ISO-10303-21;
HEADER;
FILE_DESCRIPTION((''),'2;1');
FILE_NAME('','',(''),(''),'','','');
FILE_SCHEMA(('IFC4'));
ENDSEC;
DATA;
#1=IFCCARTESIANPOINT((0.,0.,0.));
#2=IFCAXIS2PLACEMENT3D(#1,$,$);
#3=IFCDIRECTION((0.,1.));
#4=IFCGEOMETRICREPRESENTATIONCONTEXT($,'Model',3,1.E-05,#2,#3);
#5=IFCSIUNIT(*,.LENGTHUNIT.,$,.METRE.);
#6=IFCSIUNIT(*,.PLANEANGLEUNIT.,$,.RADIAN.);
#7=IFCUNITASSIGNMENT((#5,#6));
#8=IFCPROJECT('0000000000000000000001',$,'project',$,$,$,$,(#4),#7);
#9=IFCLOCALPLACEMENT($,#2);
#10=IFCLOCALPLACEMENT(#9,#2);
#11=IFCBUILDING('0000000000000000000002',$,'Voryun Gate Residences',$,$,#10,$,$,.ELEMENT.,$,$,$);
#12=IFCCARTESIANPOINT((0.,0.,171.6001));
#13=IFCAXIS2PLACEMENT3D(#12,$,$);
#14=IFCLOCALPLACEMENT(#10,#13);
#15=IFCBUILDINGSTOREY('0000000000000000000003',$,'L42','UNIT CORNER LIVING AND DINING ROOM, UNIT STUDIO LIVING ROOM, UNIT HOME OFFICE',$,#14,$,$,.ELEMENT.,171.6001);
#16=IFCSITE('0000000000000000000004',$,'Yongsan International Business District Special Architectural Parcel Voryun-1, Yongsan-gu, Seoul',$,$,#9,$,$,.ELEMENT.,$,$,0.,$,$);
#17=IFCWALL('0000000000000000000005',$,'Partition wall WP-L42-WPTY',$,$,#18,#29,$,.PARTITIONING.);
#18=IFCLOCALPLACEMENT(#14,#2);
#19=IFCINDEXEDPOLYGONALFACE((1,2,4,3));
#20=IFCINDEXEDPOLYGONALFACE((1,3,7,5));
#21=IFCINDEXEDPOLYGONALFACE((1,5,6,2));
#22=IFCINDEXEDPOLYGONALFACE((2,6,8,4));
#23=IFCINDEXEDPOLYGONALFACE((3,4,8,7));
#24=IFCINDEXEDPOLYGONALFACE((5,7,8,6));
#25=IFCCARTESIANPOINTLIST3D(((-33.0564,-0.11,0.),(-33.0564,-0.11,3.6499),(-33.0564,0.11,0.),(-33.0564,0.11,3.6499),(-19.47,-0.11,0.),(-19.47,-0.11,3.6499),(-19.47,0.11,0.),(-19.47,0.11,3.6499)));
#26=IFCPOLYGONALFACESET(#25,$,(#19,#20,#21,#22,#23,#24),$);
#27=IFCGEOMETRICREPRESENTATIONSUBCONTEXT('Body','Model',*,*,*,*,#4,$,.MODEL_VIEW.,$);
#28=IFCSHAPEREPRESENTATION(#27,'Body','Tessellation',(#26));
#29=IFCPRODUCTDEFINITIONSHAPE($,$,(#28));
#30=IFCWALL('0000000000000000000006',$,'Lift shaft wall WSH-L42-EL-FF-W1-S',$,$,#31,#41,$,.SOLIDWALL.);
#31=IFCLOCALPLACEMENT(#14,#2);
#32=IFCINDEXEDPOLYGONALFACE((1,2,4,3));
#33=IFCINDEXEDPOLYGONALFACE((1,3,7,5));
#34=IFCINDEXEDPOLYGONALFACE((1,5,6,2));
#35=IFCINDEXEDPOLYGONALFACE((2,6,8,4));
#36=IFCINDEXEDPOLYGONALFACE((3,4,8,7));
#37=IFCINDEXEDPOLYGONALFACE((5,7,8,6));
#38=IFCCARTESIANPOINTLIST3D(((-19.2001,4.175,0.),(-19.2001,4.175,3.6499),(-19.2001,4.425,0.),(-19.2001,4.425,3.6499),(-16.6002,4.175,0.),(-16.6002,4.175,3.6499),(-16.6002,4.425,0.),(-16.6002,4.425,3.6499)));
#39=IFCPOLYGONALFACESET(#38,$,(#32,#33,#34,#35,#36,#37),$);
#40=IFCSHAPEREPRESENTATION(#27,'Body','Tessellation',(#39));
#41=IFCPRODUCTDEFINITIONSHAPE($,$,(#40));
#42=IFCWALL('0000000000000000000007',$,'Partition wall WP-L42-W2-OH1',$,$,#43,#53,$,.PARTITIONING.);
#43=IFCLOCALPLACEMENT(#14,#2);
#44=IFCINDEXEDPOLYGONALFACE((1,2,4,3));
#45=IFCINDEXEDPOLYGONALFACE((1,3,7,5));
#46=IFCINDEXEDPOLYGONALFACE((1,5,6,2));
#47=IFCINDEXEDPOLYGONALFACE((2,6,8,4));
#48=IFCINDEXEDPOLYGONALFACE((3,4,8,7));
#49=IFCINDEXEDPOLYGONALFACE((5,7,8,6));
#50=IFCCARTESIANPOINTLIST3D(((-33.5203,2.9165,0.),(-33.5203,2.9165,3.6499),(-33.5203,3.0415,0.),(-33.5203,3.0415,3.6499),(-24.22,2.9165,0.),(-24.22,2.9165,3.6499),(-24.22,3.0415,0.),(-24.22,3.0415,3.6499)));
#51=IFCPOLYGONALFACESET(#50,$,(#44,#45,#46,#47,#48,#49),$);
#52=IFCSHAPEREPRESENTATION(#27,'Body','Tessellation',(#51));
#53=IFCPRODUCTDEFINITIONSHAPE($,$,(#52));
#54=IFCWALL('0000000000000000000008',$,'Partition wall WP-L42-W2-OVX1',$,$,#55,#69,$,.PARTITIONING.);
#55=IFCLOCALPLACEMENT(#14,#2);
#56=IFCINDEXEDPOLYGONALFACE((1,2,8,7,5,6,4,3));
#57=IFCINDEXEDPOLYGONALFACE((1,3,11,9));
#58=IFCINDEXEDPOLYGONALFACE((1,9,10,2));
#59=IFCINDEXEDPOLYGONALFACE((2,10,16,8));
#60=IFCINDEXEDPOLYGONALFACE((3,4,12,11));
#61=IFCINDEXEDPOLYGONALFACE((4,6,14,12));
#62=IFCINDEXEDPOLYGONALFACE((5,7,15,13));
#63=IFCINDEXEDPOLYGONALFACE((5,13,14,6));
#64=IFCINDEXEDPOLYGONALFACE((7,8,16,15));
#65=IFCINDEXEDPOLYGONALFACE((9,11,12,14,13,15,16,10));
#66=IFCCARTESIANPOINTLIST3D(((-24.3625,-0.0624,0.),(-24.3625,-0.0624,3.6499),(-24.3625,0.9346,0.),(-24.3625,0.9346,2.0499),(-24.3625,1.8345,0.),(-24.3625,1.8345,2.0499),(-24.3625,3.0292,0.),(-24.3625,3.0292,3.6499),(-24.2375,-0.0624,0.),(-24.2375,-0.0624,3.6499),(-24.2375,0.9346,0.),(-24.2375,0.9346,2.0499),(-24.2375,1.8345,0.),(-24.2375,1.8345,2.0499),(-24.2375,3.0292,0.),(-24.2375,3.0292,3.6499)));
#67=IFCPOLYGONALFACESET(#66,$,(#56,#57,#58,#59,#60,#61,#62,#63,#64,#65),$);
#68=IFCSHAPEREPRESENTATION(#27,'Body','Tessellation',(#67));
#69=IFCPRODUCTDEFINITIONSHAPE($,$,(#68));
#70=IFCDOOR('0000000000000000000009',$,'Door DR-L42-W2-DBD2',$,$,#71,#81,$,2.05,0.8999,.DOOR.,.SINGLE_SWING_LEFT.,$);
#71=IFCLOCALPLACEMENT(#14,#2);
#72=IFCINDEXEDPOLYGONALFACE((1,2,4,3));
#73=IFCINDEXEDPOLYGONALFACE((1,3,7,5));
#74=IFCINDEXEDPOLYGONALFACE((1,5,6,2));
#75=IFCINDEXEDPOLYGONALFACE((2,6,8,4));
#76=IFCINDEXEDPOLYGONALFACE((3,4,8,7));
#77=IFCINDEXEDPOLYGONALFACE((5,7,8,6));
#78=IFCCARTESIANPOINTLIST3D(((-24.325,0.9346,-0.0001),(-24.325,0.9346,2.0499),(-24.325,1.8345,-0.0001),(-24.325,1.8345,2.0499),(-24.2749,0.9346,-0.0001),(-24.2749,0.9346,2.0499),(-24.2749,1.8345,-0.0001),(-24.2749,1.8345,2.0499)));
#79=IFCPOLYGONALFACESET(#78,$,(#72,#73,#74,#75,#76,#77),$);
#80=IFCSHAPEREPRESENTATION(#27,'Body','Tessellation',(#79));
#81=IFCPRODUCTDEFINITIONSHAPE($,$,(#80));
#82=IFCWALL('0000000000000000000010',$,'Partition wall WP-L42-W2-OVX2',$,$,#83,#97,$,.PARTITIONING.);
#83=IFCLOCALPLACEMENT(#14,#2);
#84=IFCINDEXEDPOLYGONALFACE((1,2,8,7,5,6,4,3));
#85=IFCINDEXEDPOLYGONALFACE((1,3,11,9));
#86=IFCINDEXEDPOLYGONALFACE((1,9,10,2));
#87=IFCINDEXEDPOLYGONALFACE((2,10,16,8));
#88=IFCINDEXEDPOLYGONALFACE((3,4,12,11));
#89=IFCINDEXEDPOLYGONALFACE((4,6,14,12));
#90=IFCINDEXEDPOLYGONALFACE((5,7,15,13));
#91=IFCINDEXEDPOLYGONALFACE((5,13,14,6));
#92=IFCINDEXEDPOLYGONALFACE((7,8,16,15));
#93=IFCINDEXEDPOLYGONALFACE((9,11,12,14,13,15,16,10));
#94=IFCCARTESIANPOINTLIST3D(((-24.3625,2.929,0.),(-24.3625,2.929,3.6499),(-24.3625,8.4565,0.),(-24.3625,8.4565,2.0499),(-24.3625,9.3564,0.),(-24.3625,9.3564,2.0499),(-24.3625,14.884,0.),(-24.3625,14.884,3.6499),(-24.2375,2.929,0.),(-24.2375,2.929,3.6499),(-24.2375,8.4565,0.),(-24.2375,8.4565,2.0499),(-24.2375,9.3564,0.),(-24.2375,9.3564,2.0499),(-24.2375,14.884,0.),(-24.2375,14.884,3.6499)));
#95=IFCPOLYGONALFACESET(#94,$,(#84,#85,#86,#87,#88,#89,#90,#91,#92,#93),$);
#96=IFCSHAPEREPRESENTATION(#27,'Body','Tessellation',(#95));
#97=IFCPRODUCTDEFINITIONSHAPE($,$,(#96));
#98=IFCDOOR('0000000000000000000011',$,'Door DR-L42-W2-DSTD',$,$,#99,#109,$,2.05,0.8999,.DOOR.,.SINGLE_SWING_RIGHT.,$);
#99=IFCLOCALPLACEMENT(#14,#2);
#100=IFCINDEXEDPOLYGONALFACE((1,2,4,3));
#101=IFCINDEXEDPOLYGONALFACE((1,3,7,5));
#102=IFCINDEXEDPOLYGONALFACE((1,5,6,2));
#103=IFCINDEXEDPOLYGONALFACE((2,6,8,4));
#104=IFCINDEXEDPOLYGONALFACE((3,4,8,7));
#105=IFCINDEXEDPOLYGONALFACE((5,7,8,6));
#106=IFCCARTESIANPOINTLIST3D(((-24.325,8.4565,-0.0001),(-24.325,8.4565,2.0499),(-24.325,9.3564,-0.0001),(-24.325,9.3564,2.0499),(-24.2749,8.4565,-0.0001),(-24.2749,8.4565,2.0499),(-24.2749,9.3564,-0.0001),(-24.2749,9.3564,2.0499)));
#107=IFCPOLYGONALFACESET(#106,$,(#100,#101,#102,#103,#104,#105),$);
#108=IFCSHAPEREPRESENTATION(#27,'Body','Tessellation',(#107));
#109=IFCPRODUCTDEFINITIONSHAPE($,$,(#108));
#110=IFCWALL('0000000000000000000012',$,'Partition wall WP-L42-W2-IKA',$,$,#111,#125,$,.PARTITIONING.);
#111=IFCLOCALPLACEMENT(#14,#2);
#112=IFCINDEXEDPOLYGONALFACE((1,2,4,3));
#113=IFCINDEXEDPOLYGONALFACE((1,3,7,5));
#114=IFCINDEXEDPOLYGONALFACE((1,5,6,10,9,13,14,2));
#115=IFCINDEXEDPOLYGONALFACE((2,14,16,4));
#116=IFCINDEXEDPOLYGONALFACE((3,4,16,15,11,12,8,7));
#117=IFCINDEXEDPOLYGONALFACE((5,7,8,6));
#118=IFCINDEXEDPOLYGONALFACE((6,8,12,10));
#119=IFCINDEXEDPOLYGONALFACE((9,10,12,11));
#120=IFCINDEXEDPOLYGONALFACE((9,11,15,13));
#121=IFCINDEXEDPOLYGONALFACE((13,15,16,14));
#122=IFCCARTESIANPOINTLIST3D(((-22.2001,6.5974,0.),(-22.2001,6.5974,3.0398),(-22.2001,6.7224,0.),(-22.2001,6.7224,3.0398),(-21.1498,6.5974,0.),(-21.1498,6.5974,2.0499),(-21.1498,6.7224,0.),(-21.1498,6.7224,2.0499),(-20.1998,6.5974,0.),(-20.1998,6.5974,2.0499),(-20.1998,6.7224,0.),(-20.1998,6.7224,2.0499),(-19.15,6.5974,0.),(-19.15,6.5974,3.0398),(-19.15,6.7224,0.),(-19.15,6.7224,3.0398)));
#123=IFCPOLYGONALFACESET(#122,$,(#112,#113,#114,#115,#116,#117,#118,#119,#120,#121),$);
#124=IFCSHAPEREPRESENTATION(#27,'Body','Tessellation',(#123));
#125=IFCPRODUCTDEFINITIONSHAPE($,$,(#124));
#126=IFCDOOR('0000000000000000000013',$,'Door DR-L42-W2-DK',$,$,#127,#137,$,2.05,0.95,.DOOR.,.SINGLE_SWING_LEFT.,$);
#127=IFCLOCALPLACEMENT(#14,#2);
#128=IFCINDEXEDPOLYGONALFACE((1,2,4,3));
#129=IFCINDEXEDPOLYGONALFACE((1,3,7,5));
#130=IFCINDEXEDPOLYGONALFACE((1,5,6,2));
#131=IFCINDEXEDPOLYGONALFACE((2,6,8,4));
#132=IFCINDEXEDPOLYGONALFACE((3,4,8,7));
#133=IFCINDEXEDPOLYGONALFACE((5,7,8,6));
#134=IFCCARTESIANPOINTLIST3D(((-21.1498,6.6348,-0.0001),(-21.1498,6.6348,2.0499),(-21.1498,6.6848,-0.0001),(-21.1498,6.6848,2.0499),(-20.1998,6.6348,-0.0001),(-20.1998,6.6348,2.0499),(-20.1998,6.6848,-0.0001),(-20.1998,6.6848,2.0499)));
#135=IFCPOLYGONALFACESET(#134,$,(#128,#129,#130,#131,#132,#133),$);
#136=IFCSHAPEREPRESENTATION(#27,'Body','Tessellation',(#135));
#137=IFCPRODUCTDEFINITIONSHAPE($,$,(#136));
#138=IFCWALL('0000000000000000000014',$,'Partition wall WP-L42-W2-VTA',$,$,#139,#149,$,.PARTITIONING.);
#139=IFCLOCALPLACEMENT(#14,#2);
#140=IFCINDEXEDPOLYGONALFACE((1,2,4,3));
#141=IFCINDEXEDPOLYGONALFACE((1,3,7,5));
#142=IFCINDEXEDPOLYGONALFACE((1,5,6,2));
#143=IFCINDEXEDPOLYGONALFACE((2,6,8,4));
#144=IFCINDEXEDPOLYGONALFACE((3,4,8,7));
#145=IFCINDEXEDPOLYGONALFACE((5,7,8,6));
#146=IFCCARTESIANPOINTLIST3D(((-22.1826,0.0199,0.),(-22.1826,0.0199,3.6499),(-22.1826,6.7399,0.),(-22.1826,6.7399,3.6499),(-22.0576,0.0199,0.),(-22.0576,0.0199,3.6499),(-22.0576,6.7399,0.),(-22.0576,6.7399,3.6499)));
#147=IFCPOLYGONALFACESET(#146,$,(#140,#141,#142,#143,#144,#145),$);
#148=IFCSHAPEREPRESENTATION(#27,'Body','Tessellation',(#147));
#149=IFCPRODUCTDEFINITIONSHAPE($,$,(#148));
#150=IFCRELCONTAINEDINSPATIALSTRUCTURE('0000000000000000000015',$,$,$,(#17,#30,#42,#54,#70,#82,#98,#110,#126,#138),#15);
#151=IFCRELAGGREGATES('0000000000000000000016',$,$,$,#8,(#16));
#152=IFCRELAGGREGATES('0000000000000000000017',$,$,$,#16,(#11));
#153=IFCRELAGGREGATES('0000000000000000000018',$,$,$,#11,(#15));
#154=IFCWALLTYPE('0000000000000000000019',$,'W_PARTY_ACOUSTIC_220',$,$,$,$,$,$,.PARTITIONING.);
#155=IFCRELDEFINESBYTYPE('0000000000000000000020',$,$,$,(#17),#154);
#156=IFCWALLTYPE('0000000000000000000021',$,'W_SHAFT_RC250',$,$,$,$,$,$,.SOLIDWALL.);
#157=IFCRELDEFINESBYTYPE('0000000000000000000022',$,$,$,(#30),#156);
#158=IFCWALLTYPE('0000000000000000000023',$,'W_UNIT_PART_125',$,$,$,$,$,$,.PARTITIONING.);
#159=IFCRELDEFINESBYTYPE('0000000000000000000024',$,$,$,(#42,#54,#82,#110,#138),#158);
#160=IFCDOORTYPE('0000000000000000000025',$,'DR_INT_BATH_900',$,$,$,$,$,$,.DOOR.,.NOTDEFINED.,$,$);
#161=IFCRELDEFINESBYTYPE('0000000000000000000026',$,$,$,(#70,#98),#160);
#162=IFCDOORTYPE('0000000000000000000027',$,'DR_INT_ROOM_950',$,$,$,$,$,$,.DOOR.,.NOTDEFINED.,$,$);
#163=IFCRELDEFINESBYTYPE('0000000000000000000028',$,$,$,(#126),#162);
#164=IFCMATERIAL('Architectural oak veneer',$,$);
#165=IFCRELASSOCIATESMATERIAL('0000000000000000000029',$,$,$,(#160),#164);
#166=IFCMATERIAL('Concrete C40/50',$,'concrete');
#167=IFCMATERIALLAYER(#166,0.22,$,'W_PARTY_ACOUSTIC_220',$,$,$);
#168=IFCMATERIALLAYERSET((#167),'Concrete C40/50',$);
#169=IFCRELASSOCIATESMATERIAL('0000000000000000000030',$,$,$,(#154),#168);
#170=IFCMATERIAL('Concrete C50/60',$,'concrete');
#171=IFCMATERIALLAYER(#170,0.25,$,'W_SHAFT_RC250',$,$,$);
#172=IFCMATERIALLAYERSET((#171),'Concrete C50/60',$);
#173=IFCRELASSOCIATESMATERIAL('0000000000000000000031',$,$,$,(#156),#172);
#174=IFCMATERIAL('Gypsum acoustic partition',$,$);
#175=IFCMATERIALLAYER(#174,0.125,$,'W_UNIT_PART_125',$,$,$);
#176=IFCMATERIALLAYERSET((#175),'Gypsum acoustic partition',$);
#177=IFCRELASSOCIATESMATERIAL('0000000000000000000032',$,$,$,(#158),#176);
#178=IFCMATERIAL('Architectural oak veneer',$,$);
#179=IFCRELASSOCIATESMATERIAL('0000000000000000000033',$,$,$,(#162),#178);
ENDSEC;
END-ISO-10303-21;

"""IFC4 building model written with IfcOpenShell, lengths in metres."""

from ifc_helpers import new_model, si_unit, direction, frame, frame_2d, origin, place, context, subcontext, project, spatial, rectangle, extrude, material, layer, layer_set, type_object, element, fill, save


model = new_model("IFC4")

# Units and contexts
model_context = context("Model", 3, precision=1e-05, world=origin(), true_north=direction((0.0, 1.0)))
body_context = subcontext(model_context, "Body", "Model", "MODEL_VIEW")
ifc_project = project(units=[si_unit("LENGTHUNIT", "METRE"), si_unit("PLANEANGLEUNIT", "RADIAN")], contexts=[model_context])

# Site, building, storey
site_placement = place(None, origin())
site = spatial("IfcSite", under=ifc_project, at=site_placement, Name="Yongsan International Business District Special Architectural Parcel Voryun-1, Yongsan-gu, Seoul", CompositionType="ELEMENT", RefElevation=0.0)
building_placement = place(site_placement, origin())
building = spatial("IfcBuilding", under=site, at=building_placement, Name="Voryun Gate Residences", CompositionType="ELEMENT")
storey_placement = place(building_placement, frame((0.0, 0.0, 171.6001)))
storey = spatial("IfcBuildingStorey", under=building, at=storey_placement, Name="L42", Description="UNIT CORNER LIVING AND DINING ROOM, UNIT STUDIO LIVING ROOM, UNIT HOME OFFICE", CompositionType="ELEMENT", Elevation=171.6001)

# Shared definitions
ifc_material_1 = material(Name="Architectural oak veneer")
door_type_1 = type_object("IfcDoorType", Name="DR_INT_BATH_900", OperationType="NOTDEFINED", PredefinedType="DOOR", material=ifc_material_1)

# Walls
ifc_material_2 = material(Name="Concrete C40/50", Category="concrete")
ifc_layer_1 = layer(ifc_material_2, 0.22, Name="W_PARTY_ACOUSTIC_220")
ifc_layer_set_1 = layer_set([ifc_layer_1], Name="Concrete C40/50")
wall_type_1 = type_object("IfcWallType", Name="W_PARTY_ACOUSTIC_220", PredefinedType="PARTITIONING", material=ifc_layer_set_1)
wall_1_placement = place(storey_placement, frame((-19.47, 0.0, 0.0), z_axis=(0.0, 0.0, 1.0), x_axis=(-1.0, 0.0, 0.0)))
element("IfcWall", 1, at=wall_1_placement, inside=storey, type_object=wall_type_1, Name="Partition wall WP-L42-WPTY", PredefinedType="PARTITIONING", context=body_context, shape_type="SweptSolid", body=[
    extrude(rectangle(XDim=13.5864, YDim=0.22, at=frame_2d((6.7932, 0.0))), origin(), (0.0, 0.0, 1.0), 3.6499),
])
ifc_material_3 = material(Name="Concrete C50/60", Category="concrete")
ifc_layer_2 = layer(ifc_material_3, 0.25, Name="W_SHAFT_RC250")
ifc_layer_set_2 = layer_set([ifc_layer_2], Name="Concrete C50/60")
wall_type_2 = type_object("IfcWallType", Name="W_SHAFT_RC250", PredefinedType="SOLIDWALL", material=ifc_layer_set_2)
wall_2_placement = place(storey_placement, frame((-19.2, 4.3, 0.0), z_axis=(0.0, 0.0, 1.0), x_axis=(1.0, 0.0, 0.0)))
element("IfcWall", 2, at=wall_2_placement, inside=storey, type_object=wall_type_2, Name="Lift shaft wall WSH-L42-EL-FF-W1-S", PredefinedType="SOLIDWALL", context=body_context, shape_type="SweptSolid", body=[
    extrude(rectangle(XDim=2.5999, YDim=0.25, at=frame_2d((1.2998, 0.0))), origin(), (0.0, 0.0, 1.0), 3.6499),
])
ifc_material_4 = material(Name="Gypsum acoustic partition")
ifc_layer_3 = layer(ifc_material_4, 0.125, Name="W_UNIT_PART_125")
ifc_layer_set_3 = layer_set([ifc_layer_3], Name="Gypsum acoustic partition")
wall_type_3 = type_object("IfcWallType", Name="W_UNIT_PART_125", PredefinedType="PARTITIONING", material=ifc_layer_set_3)
wall_3_placement = place(storey_placement, frame((-33.5203, 2.979, 0.0), z_axis=(0.0, 0.0, 1.0), x_axis=(1.0, 0.0, 0.0)))
element("IfcWall", 3, at=wall_3_placement, inside=storey, type_object=wall_type_3, Name="Partition wall WP-L42-W2-OH1", PredefinedType="PARTITIONING", context=body_context, shape_type="SweptSolid", body=[
    extrude(rectangle(XDim=9.3003, YDim=0.125, at=frame_2d((4.6501, 0.0))), origin(), (0.0, 0.0, 1.0), 3.6499),
])

# Walls, openings, doors
wall_4_placement = place(storey_placement, frame((-24.3, -0.0625, 0.0), z_axis=(0.0, 0.0, 1.0), x_axis=(0.0, 1.0, 0.0)))
wall_4 = element("IfcWall", 4, at=wall_4_placement, inside=storey, type_object=wall_type_3, Name="Partition wall WP-L42-W2-OVX1", PredefinedType="PARTITIONING", context=body_context, shape_type="SweptSolid", body=[
    extrude(rectangle(XDim=3.0916, YDim=0.125, at=frame_2d((1.5459, 0.0))), origin(), (0.0, 0.0, 1.0), 3.6499),
])
opening_1_placement = place(wall_4_placement, frame((0.9971, 0.0, 0.0)))
opening_1 = element("IfcOpeningElement", 5, at=opening_1_placement, cuts=wall_4, PredefinedType="OPENING", context=body_context, shape_type="SweptSolid", body=[
    extrude(rectangle(XDim=0.8999, YDim=2.05, at=frame_2d((0.45, 1.0249))), frame((0.0, 0.0725, 0.0), z_axis=(0.0, -1.0, 0.0), x_axis=(1.0, 0.0, 0.0)), (0.0, 0.0, 1.0), 0.145),
])
door_1_placement = place(opening_1_placement, origin())
door_1 = element("IfcDoor", 6, at=door_1_placement, inside=storey, type_object=door_type_1, Name="Door DR-L42-W2-DBD2", OperationType="SINGLE_SWING_LEFT", OverallHeight=2.05, OverallWidth=0.8999, PredefinedType="DOOR", context=body_context, shape_type="SweptSolid", body=[
    extrude(rectangle(XDim=0.8999, YDim=2.05, at=frame_2d((0.45, 1.0249))), frame((0.0, 0.0249, 0.0), z_axis=(0.0, -1.0, 0.0), x_axis=(1.0, 0.0, 0.0)), (0.0, 0.0, 1.0), 0.05),
])
fill(opening_1, door_1)
wall_5_placement = place(storey_placement, frame((-24.3, 2.929, 0.0), z_axis=(0.0, 0.0, 1.0), x_axis=(0.0, 1.0, 0.0)))
wall_5 = element("IfcWall", 7, at=wall_5_placement, inside=storey, type_object=wall_type_3, Name="Partition wall WP-L42-W2-OVX2", PredefinedType="PARTITIONING", context=body_context, shape_type="SweptSolid", body=[
    extrude(rectangle(XDim=11.9551, YDim=0.125, at=frame_2d((5.9775, 0.0))), origin(), (0.0, 0.0, 1.0), 3.6499),
])
opening_2_placement = place(wall_5_placement, frame((5.5276, 0.0, 0.0)))
opening_2 = element("IfcOpeningElement", 8, at=opening_2_placement, cuts=wall_5, PredefinedType="OPENING", context=body_context, shape_type="SweptSolid", body=[
    extrude(rectangle(XDim=0.8999, YDim=2.05, at=frame_2d((0.45, 1.0249))), frame((0.0, 0.0725, 0.0), z_axis=(0.0, -1.0, 0.0), x_axis=(1.0, 0.0, 0.0)), (0.0, 0.0, 1.0), 0.145),
])
door_2_placement = place(opening_2_placement, origin())
door_2 = element("IfcDoor", 9, at=door_2_placement, inside=storey, type_object=door_type_1, Name="Door DR-L42-W2-DSTD", OperationType="SINGLE_SWING_RIGHT", OverallHeight=2.05, OverallWidth=0.8999, PredefinedType="DOOR", context=body_context, shape_type="SweptSolid", body=[
    extrude(rectangle(XDim=0.8999, YDim=2.05, at=frame_2d((0.45, 1.0249))), frame((0.0, 0.0249, 0.0), z_axis=(0.0, -1.0, 0.0), x_axis=(1.0, 0.0, 0.0)), (0.0, 0.0, 1.0), 0.05),
])
fill(opening_2, door_2)
wall_6_placement = place(storey_placement, frame((-22.2, 6.6599, 0.0), z_axis=(0.0, 0.0, 1.0), x_axis=(1.0, 0.0, 0.0)))
wall_6 = element("IfcWall", 10, at=wall_6_placement, inside=storey, type_object=wall_type_3, Name="Partition wall WP-L42-W2-IKA", PredefinedType="PARTITIONING", context=body_context, shape_type="SweptSolid", body=[
    extrude(rectangle(XDim=3.05, YDim=0.125, at=frame_2d((1.5249, 0.0))), origin(), (0.0, 0.0, 1.0), 3.0398),
])
opening_3_placement = place(wall_6_placement, frame((1.05, 0.0, 0.0)))
opening_3 = element("IfcOpeningElement", 11, at=opening_3_placement, cuts=wall_6, PredefinedType="OPENING", context=body_context, shape_type="SweptSolid", body=[
    extrude(rectangle(XDim=0.95, YDim=2.05, at=frame_2d((0.4751, 1.0249))), frame((0.0, 0.0725, 0.0), z_axis=(0.0, -1.0, 0.0), x_axis=(1.0, 0.0, 0.0)), (0.0, 0.0, 1.0), 0.145),
])
ifc_material_5 = material(Name="Architectural oak veneer")
door_type_2 = type_object("IfcDoorType", Name="DR_INT_ROOM_950", OperationType="NOTDEFINED", PredefinedType="DOOR", material=ifc_material_5)
door_3_placement = place(opening_3_placement, origin())
door_3 = element("IfcDoor", 12, at=door_3_placement, inside=storey, type_object=door_type_2, Name="Door DR-L42-W2-DK", OperationType="SINGLE_SWING_LEFT", OverallHeight=2.05, OverallWidth=0.95, PredefinedType="DOOR", context=body_context, shape_type="SweptSolid", body=[
    extrude(rectangle(XDim=0.95, YDim=2.05, at=frame_2d((0.4751, 1.0249))), frame((0.0, 0.0249, 0.0), z_axis=(0.0, -1.0, 0.0), x_axis=(1.0, 0.0, 0.0)), (0.0, 0.0, 1.0), 0.05),
])
fill(opening_3, door_3)

# Wall
wall_7_placement = place(storey_placement, frame((-22.1201, 0.02, 0.0), z_axis=(0.0, 0.0, 1.0), x_axis=(0.0, 1.0, 0.0)))
element("IfcWall", 13, at=wall_7_placement, inside=storey, type_object=wall_type_3, Name="Partition wall WP-L42-W2-VTA", PredefinedType="PARTITIONING", context=body_context, shape_type="SweptSolid", body=[
    extrude(rectangle(XDim=6.72, YDim=0.125, at=frame_2d((3.3599, 0.0))), origin(), (0.0, 0.0, 1.0), 3.6499),
])

save(model, "model.ifc")
